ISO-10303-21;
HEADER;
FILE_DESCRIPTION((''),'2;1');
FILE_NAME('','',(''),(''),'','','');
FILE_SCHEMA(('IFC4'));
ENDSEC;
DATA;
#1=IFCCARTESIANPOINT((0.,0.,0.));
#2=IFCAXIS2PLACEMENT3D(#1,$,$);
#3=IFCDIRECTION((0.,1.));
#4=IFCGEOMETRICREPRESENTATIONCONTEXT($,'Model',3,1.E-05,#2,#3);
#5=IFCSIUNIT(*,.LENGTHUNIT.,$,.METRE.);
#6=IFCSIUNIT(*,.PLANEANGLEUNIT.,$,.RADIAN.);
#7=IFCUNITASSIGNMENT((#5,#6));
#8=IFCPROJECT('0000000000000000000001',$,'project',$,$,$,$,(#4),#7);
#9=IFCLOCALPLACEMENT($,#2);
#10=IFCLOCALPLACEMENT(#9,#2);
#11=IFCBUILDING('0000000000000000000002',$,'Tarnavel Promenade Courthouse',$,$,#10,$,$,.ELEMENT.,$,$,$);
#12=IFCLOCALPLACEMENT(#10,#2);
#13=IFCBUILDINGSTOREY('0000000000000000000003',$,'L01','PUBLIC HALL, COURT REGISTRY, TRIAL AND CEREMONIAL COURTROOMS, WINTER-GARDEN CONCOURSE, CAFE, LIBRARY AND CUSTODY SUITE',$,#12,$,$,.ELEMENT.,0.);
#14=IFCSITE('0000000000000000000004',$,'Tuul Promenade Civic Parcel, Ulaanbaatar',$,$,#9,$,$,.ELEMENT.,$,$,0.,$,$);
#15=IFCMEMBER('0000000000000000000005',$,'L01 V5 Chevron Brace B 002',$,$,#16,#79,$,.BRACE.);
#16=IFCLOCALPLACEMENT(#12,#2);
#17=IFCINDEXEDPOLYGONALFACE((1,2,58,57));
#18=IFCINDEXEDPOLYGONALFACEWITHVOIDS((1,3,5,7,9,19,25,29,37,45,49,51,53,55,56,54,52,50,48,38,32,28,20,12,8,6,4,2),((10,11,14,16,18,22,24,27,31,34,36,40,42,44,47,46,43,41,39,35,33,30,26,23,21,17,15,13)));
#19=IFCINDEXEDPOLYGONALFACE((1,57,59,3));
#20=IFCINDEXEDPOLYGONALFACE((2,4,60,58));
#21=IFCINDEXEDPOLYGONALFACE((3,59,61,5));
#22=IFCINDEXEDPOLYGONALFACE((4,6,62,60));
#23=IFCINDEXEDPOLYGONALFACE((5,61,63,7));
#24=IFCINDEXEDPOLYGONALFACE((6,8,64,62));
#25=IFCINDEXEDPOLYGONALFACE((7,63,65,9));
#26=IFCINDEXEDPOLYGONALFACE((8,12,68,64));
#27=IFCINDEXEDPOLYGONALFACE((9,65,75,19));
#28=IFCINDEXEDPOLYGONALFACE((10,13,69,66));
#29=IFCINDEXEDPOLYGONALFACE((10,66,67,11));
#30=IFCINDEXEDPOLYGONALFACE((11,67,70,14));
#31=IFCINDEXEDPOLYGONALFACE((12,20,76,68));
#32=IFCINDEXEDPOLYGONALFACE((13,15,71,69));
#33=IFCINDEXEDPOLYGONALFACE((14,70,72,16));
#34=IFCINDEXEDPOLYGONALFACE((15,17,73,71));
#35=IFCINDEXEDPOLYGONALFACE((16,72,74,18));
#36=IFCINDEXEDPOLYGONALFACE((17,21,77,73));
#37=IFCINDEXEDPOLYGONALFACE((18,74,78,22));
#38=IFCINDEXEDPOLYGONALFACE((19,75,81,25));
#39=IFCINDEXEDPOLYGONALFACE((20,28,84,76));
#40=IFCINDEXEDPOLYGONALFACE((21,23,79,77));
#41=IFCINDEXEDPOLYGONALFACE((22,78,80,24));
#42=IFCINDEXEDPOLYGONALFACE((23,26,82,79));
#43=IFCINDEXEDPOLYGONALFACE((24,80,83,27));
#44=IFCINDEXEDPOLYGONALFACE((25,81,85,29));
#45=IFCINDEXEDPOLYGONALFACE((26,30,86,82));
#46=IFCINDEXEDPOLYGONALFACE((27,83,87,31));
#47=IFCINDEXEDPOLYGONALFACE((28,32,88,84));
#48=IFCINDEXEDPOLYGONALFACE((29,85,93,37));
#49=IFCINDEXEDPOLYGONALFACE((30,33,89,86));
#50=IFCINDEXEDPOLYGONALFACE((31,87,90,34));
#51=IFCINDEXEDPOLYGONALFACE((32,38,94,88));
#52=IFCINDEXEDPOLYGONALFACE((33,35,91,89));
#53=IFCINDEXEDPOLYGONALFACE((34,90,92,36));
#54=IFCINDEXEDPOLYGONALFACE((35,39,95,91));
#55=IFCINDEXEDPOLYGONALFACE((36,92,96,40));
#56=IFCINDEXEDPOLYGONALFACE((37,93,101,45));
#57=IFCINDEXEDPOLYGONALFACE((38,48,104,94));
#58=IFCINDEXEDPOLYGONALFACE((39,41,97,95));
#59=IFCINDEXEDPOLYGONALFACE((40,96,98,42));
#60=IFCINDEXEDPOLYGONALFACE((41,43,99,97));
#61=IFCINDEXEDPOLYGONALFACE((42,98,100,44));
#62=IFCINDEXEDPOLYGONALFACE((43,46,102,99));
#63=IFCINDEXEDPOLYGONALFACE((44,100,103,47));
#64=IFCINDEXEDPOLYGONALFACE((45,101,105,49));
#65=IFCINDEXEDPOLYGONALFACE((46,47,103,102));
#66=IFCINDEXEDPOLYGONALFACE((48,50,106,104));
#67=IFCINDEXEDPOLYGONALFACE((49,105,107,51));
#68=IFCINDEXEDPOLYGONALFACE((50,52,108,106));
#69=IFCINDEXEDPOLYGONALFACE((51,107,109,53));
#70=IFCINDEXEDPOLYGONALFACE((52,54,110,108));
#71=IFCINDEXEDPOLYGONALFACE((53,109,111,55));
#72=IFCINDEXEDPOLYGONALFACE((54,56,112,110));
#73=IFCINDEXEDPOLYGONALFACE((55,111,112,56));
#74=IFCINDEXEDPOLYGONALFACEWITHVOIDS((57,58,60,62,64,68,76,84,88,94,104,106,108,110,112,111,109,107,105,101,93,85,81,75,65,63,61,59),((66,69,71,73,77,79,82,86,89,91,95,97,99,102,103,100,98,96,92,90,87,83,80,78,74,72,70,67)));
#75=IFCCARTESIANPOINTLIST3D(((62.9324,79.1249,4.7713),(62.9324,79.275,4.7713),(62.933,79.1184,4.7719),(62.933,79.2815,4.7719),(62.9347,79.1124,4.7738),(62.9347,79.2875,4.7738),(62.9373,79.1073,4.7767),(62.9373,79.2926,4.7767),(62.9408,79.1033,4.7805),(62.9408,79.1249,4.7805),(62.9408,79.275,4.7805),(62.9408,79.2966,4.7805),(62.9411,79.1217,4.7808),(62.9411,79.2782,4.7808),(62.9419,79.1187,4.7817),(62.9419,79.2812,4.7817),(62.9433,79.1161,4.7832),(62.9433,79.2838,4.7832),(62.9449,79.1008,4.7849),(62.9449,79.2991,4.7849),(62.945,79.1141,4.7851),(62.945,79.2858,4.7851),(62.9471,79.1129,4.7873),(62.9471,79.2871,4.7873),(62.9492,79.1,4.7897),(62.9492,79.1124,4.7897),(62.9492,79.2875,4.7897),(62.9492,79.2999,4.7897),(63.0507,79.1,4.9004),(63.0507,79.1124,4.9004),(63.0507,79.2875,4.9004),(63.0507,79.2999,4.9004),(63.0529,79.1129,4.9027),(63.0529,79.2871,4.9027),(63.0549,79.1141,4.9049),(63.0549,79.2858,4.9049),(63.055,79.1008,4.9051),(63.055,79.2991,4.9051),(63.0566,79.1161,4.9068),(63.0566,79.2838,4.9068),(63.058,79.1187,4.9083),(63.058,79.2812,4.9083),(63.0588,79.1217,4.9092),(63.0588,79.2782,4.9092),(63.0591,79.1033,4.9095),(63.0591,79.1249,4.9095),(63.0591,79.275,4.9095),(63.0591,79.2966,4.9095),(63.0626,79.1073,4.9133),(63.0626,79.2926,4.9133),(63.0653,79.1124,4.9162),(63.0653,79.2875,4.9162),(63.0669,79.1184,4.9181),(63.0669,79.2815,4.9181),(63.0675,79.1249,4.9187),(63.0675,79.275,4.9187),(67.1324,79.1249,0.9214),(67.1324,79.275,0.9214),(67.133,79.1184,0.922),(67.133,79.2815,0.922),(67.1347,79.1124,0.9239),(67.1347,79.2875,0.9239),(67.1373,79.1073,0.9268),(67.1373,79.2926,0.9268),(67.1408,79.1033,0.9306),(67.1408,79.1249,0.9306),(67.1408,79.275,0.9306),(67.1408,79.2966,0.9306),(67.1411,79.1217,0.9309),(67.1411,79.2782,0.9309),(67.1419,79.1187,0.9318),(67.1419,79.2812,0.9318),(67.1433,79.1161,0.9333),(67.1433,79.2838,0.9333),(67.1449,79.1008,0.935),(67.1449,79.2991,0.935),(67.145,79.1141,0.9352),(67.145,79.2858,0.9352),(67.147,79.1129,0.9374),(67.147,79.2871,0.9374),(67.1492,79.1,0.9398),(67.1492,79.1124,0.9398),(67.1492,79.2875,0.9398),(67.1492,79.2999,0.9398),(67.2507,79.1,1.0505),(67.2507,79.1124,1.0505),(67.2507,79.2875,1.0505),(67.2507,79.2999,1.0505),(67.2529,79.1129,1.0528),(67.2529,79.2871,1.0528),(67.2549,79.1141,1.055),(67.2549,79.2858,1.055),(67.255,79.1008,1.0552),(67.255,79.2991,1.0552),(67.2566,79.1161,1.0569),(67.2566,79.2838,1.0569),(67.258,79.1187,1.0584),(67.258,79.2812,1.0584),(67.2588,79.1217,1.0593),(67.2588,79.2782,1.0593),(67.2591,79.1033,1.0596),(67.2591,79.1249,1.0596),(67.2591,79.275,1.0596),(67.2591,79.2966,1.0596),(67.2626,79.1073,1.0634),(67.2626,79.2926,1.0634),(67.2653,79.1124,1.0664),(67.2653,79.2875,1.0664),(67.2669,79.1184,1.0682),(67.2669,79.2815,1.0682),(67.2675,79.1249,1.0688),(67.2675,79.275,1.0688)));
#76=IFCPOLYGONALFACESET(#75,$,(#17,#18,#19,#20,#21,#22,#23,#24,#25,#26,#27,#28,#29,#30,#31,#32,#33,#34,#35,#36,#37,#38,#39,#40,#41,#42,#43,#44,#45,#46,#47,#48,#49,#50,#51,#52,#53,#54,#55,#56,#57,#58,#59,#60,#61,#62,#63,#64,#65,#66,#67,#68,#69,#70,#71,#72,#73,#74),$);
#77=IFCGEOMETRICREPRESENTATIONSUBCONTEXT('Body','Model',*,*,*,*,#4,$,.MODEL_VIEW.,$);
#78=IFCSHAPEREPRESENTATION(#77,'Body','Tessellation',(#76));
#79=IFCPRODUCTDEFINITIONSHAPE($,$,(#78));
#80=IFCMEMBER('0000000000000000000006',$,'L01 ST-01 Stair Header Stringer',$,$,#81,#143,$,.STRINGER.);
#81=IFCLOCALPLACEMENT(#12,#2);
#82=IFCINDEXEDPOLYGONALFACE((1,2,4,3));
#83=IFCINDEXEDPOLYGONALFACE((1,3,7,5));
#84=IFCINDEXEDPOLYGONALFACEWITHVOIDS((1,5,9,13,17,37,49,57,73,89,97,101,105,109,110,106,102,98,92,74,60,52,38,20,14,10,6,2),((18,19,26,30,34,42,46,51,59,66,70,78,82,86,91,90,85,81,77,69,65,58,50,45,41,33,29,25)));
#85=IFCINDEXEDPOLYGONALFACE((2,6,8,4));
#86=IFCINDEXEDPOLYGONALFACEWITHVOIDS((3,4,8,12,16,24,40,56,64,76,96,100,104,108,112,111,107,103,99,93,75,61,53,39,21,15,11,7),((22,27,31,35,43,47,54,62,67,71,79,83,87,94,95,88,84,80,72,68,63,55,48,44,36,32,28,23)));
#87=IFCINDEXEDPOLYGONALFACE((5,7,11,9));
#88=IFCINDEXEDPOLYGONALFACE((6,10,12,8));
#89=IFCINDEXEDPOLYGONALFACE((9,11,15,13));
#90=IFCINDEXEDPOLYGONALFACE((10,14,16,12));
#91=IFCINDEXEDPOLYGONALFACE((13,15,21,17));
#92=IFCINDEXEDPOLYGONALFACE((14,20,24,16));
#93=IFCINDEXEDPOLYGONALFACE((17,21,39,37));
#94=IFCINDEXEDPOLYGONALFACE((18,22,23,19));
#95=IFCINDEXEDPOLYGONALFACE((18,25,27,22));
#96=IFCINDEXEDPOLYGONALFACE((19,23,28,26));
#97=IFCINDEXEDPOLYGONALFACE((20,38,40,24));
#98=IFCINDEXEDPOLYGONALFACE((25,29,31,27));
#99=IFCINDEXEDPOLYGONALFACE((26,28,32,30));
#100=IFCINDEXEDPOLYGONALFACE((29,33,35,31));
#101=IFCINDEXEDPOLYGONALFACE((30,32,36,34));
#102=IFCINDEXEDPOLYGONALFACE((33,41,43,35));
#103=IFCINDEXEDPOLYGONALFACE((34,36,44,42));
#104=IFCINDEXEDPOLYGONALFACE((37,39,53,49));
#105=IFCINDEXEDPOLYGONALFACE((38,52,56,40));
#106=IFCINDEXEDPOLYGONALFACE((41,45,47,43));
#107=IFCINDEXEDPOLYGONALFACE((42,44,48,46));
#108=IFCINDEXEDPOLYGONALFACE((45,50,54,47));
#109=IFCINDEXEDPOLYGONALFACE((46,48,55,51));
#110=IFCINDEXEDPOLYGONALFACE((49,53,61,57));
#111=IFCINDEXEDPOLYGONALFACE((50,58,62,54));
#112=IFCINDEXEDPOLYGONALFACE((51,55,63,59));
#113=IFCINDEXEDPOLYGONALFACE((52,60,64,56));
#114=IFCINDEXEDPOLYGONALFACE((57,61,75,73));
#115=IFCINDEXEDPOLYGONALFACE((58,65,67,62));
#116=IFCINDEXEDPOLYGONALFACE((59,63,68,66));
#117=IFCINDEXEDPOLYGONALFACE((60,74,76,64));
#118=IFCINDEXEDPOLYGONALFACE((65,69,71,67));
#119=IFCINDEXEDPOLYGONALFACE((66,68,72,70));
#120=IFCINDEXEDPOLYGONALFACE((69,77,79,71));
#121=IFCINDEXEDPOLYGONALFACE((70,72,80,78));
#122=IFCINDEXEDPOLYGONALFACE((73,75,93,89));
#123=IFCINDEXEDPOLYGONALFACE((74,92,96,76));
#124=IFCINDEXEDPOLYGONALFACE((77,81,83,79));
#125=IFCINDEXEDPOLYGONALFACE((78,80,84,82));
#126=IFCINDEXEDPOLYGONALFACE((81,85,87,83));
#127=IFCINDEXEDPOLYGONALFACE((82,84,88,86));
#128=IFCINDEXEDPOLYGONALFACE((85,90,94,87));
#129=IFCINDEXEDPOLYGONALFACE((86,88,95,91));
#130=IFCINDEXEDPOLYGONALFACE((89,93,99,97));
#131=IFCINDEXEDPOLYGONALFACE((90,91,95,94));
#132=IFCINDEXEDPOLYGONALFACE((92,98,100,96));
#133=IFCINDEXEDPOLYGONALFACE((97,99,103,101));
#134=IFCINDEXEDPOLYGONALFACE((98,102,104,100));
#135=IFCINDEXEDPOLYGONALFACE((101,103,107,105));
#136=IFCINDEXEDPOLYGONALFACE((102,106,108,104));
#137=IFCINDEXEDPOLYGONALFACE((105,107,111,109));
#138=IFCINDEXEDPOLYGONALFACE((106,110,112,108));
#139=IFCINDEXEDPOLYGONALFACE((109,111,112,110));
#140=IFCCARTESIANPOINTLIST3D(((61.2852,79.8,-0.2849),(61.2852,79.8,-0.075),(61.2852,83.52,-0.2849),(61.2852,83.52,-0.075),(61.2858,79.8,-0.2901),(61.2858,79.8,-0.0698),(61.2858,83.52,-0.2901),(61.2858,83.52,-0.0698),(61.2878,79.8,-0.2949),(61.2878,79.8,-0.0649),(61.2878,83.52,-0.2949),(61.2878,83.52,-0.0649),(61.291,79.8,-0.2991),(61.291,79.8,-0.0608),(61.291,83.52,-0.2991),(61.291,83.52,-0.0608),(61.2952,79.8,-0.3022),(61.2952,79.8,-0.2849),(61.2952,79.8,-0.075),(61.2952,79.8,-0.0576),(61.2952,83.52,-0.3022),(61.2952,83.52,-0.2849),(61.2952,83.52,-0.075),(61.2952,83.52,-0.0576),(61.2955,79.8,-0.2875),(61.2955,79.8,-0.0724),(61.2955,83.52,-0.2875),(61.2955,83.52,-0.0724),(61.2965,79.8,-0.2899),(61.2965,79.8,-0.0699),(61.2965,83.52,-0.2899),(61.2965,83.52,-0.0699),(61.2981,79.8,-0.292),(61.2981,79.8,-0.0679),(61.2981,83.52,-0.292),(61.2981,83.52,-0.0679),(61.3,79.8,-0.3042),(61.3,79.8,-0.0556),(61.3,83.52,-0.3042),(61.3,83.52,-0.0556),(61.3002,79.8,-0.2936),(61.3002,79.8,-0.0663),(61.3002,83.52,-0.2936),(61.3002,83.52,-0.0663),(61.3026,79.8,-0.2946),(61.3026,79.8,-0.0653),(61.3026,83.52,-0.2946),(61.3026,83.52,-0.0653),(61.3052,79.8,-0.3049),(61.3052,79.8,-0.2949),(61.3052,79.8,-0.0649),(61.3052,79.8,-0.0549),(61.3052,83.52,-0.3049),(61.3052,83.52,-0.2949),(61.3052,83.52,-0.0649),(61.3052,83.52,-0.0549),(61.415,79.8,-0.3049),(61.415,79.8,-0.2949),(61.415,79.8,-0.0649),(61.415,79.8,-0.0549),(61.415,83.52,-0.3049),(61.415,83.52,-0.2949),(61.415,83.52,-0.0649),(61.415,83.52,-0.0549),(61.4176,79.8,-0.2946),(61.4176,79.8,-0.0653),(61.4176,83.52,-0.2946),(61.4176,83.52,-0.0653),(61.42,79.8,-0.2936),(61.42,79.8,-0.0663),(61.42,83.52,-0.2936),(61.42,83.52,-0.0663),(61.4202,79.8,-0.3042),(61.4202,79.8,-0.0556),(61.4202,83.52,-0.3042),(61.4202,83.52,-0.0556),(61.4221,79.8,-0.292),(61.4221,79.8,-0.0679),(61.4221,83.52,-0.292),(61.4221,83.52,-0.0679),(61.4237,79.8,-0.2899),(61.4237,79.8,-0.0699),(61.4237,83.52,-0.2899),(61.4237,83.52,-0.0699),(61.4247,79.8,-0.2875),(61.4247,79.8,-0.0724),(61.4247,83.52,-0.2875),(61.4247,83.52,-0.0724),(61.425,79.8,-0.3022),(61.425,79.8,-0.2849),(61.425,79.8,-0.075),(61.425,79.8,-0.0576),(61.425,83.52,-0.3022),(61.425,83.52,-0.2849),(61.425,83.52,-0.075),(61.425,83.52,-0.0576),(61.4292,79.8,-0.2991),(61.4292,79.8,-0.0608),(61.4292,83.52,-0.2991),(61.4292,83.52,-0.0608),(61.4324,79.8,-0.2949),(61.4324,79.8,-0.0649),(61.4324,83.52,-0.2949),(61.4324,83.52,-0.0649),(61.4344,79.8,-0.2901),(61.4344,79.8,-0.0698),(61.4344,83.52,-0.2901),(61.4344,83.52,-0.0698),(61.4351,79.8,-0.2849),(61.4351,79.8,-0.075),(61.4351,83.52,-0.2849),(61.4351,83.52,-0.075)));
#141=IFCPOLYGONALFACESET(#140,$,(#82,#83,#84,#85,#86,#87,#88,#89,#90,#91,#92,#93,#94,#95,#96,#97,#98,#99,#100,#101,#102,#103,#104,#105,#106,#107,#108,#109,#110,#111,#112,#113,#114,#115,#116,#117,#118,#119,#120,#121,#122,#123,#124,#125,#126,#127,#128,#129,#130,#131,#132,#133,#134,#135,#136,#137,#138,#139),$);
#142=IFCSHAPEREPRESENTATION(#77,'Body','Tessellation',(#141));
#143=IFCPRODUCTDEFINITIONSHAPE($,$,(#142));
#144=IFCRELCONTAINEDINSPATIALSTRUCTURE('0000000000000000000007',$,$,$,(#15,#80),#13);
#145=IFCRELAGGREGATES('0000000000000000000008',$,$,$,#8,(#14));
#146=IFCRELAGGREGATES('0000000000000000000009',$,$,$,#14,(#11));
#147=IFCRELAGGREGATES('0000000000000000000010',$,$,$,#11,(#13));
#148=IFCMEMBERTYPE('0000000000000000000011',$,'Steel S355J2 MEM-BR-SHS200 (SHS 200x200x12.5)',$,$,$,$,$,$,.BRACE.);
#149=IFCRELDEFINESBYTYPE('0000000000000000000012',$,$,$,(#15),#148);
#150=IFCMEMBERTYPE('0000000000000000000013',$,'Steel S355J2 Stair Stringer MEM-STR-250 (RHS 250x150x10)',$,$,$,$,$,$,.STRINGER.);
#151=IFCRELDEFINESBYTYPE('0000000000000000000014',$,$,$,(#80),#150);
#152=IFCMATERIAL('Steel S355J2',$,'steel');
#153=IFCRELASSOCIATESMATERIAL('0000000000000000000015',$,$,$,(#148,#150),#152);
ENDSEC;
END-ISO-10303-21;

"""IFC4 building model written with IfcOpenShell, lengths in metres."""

from ifc_helpers import new_model, si_unit, direction, frame, origin, origin_2d, place, context, subcontext, project, spatial, hollow_rectangle, extrude, material, material_profile, profile_set, type_object, element, save


model = new_model("IFC4")

# Units and contexts
model_context = context("Model", 3, precision=1e-05, world=origin(), true_north=direction((0.0, 1.0)))
body_context = subcontext(model_context, "Body", "Model", "MODEL_VIEW")
ifc_project = project(units=[si_unit("LENGTHUNIT", "METRE"), si_unit("PLANEANGLEUNIT", "RADIAN")], contexts=[model_context])

# Site, building, storey
site_placement = place(None, origin())
site = spatial("IfcSite", under=ifc_project, at=site_placement, Name="Tuul Promenade Civic Parcel, Ulaanbaatar", CompositionType="ELEMENT", RefElevation=0.0)
building_placement = place(site_placement, origin())
building = spatial("IfcBuilding", under=site, at=building_placement, Name="Tarnavel Promenade Courthouse", CompositionType="ELEMENT")
storey_placement = place(building_placement, origin())
storey = spatial("IfcBuildingStorey", under=building, at=storey_placement, Name="L01", Description="PUBLIC HALL, COURT REGISTRY, TRIAL AND CEREMONIAL COURTROOMS, WINTER-GARDEN CONCOURSE, CAFE, LIBRARY AND CUSTODY SUITE", CompositionType="ELEMENT", Elevation=0.0)

# Members
ifc_material_1 = material(Name="Steel S355J2", Category="steel")
ifc_material_profile_1 = material_profile(ifc_material_1, hollow_rectangle(XDim=0.2, YDim=0.2, WallThickness=0.0125, InnerFilletRadius=0.0125, OuterFilletRadius=0.0249, at=origin_2d()), Name="SHS 200x200x12.5")
ifc_profile_set_1 = profile_set([ifc_material_profile_1], Name="Steel S355J2")
member_type_1 = type_object("IfcMemberType", Name="Steel S355J2 MEM-BR-SHS200 (SHS 200x200x12.5)", PredefinedType="BRACE", material=ifc_profile_set_1)
for number, where, z_axis, x_axis, name in (
    (1, (67.2, 79.2, 0.9951), (-0.737163, 0.0, 0.675715), (0.0, -1.0, 0.0), "L01 V5 Chevron Brace B 002"),
):
    element("IfcMember", number, at=place(storey_placement, frame(where, z_axis=z_axis, x_axis=x_axis)), inside=storey, type_object=member_type_1, Name=name, PredefinedType="BRACE", context=body_context, shape_type="SweptSolid", body=[
        extrude(hollow_rectangle(XDim=0.2, YDim=0.2, WallThickness=0.0125, InnerFilletRadius=0.0125, OuterFilletRadius=0.0249, at=origin_2d()), origin(), (0.0, 0.0, 1.0), 5.6975),
    ])
ifc_material_profile_2 = material_profile(ifc_material_1, hollow_rectangle(XDim=0.1499, YDim=0.25, WallThickness=0.01, InnerFilletRadius=0.01, OuterFilletRadius=0.02, at=origin_2d()), Name="RHS 250x150x10")
ifc_profile_set_2 = profile_set([ifc_material_profile_2], Name="Steel S355J2")
member_type_2 = type_object("IfcMemberType", Name="Steel S355J2 Stair Stringer MEM-STR-250 (RHS 250x150x10)", PredefinedType="STRINGER", material=ifc_profile_set_2)
member_1_placement = place(storey_placement, frame((61.3601, 79.8, -0.1799), z_axis=(0.0, 1.0, 0.0), x_axis=(-1.0, 0.0, 0.0)))
element("IfcMember", 2, at=member_1_placement, inside=storey, type_object=member_type_2, Name="L01 ST-01 Stair Header Stringer", PredefinedType="STRINGER", context=body_context, shape_type="SweptSolid", body=[
    extrude(hollow_rectangle(XDim=0.1499, YDim=0.25, WallThickness=0.01, InnerFilletRadius=0.01, OuterFilletRadius=0.02, at=origin_2d()), origin(), (0.0, 0.0, 1.0), 3.72),
])

save(model, "model.ifc")
